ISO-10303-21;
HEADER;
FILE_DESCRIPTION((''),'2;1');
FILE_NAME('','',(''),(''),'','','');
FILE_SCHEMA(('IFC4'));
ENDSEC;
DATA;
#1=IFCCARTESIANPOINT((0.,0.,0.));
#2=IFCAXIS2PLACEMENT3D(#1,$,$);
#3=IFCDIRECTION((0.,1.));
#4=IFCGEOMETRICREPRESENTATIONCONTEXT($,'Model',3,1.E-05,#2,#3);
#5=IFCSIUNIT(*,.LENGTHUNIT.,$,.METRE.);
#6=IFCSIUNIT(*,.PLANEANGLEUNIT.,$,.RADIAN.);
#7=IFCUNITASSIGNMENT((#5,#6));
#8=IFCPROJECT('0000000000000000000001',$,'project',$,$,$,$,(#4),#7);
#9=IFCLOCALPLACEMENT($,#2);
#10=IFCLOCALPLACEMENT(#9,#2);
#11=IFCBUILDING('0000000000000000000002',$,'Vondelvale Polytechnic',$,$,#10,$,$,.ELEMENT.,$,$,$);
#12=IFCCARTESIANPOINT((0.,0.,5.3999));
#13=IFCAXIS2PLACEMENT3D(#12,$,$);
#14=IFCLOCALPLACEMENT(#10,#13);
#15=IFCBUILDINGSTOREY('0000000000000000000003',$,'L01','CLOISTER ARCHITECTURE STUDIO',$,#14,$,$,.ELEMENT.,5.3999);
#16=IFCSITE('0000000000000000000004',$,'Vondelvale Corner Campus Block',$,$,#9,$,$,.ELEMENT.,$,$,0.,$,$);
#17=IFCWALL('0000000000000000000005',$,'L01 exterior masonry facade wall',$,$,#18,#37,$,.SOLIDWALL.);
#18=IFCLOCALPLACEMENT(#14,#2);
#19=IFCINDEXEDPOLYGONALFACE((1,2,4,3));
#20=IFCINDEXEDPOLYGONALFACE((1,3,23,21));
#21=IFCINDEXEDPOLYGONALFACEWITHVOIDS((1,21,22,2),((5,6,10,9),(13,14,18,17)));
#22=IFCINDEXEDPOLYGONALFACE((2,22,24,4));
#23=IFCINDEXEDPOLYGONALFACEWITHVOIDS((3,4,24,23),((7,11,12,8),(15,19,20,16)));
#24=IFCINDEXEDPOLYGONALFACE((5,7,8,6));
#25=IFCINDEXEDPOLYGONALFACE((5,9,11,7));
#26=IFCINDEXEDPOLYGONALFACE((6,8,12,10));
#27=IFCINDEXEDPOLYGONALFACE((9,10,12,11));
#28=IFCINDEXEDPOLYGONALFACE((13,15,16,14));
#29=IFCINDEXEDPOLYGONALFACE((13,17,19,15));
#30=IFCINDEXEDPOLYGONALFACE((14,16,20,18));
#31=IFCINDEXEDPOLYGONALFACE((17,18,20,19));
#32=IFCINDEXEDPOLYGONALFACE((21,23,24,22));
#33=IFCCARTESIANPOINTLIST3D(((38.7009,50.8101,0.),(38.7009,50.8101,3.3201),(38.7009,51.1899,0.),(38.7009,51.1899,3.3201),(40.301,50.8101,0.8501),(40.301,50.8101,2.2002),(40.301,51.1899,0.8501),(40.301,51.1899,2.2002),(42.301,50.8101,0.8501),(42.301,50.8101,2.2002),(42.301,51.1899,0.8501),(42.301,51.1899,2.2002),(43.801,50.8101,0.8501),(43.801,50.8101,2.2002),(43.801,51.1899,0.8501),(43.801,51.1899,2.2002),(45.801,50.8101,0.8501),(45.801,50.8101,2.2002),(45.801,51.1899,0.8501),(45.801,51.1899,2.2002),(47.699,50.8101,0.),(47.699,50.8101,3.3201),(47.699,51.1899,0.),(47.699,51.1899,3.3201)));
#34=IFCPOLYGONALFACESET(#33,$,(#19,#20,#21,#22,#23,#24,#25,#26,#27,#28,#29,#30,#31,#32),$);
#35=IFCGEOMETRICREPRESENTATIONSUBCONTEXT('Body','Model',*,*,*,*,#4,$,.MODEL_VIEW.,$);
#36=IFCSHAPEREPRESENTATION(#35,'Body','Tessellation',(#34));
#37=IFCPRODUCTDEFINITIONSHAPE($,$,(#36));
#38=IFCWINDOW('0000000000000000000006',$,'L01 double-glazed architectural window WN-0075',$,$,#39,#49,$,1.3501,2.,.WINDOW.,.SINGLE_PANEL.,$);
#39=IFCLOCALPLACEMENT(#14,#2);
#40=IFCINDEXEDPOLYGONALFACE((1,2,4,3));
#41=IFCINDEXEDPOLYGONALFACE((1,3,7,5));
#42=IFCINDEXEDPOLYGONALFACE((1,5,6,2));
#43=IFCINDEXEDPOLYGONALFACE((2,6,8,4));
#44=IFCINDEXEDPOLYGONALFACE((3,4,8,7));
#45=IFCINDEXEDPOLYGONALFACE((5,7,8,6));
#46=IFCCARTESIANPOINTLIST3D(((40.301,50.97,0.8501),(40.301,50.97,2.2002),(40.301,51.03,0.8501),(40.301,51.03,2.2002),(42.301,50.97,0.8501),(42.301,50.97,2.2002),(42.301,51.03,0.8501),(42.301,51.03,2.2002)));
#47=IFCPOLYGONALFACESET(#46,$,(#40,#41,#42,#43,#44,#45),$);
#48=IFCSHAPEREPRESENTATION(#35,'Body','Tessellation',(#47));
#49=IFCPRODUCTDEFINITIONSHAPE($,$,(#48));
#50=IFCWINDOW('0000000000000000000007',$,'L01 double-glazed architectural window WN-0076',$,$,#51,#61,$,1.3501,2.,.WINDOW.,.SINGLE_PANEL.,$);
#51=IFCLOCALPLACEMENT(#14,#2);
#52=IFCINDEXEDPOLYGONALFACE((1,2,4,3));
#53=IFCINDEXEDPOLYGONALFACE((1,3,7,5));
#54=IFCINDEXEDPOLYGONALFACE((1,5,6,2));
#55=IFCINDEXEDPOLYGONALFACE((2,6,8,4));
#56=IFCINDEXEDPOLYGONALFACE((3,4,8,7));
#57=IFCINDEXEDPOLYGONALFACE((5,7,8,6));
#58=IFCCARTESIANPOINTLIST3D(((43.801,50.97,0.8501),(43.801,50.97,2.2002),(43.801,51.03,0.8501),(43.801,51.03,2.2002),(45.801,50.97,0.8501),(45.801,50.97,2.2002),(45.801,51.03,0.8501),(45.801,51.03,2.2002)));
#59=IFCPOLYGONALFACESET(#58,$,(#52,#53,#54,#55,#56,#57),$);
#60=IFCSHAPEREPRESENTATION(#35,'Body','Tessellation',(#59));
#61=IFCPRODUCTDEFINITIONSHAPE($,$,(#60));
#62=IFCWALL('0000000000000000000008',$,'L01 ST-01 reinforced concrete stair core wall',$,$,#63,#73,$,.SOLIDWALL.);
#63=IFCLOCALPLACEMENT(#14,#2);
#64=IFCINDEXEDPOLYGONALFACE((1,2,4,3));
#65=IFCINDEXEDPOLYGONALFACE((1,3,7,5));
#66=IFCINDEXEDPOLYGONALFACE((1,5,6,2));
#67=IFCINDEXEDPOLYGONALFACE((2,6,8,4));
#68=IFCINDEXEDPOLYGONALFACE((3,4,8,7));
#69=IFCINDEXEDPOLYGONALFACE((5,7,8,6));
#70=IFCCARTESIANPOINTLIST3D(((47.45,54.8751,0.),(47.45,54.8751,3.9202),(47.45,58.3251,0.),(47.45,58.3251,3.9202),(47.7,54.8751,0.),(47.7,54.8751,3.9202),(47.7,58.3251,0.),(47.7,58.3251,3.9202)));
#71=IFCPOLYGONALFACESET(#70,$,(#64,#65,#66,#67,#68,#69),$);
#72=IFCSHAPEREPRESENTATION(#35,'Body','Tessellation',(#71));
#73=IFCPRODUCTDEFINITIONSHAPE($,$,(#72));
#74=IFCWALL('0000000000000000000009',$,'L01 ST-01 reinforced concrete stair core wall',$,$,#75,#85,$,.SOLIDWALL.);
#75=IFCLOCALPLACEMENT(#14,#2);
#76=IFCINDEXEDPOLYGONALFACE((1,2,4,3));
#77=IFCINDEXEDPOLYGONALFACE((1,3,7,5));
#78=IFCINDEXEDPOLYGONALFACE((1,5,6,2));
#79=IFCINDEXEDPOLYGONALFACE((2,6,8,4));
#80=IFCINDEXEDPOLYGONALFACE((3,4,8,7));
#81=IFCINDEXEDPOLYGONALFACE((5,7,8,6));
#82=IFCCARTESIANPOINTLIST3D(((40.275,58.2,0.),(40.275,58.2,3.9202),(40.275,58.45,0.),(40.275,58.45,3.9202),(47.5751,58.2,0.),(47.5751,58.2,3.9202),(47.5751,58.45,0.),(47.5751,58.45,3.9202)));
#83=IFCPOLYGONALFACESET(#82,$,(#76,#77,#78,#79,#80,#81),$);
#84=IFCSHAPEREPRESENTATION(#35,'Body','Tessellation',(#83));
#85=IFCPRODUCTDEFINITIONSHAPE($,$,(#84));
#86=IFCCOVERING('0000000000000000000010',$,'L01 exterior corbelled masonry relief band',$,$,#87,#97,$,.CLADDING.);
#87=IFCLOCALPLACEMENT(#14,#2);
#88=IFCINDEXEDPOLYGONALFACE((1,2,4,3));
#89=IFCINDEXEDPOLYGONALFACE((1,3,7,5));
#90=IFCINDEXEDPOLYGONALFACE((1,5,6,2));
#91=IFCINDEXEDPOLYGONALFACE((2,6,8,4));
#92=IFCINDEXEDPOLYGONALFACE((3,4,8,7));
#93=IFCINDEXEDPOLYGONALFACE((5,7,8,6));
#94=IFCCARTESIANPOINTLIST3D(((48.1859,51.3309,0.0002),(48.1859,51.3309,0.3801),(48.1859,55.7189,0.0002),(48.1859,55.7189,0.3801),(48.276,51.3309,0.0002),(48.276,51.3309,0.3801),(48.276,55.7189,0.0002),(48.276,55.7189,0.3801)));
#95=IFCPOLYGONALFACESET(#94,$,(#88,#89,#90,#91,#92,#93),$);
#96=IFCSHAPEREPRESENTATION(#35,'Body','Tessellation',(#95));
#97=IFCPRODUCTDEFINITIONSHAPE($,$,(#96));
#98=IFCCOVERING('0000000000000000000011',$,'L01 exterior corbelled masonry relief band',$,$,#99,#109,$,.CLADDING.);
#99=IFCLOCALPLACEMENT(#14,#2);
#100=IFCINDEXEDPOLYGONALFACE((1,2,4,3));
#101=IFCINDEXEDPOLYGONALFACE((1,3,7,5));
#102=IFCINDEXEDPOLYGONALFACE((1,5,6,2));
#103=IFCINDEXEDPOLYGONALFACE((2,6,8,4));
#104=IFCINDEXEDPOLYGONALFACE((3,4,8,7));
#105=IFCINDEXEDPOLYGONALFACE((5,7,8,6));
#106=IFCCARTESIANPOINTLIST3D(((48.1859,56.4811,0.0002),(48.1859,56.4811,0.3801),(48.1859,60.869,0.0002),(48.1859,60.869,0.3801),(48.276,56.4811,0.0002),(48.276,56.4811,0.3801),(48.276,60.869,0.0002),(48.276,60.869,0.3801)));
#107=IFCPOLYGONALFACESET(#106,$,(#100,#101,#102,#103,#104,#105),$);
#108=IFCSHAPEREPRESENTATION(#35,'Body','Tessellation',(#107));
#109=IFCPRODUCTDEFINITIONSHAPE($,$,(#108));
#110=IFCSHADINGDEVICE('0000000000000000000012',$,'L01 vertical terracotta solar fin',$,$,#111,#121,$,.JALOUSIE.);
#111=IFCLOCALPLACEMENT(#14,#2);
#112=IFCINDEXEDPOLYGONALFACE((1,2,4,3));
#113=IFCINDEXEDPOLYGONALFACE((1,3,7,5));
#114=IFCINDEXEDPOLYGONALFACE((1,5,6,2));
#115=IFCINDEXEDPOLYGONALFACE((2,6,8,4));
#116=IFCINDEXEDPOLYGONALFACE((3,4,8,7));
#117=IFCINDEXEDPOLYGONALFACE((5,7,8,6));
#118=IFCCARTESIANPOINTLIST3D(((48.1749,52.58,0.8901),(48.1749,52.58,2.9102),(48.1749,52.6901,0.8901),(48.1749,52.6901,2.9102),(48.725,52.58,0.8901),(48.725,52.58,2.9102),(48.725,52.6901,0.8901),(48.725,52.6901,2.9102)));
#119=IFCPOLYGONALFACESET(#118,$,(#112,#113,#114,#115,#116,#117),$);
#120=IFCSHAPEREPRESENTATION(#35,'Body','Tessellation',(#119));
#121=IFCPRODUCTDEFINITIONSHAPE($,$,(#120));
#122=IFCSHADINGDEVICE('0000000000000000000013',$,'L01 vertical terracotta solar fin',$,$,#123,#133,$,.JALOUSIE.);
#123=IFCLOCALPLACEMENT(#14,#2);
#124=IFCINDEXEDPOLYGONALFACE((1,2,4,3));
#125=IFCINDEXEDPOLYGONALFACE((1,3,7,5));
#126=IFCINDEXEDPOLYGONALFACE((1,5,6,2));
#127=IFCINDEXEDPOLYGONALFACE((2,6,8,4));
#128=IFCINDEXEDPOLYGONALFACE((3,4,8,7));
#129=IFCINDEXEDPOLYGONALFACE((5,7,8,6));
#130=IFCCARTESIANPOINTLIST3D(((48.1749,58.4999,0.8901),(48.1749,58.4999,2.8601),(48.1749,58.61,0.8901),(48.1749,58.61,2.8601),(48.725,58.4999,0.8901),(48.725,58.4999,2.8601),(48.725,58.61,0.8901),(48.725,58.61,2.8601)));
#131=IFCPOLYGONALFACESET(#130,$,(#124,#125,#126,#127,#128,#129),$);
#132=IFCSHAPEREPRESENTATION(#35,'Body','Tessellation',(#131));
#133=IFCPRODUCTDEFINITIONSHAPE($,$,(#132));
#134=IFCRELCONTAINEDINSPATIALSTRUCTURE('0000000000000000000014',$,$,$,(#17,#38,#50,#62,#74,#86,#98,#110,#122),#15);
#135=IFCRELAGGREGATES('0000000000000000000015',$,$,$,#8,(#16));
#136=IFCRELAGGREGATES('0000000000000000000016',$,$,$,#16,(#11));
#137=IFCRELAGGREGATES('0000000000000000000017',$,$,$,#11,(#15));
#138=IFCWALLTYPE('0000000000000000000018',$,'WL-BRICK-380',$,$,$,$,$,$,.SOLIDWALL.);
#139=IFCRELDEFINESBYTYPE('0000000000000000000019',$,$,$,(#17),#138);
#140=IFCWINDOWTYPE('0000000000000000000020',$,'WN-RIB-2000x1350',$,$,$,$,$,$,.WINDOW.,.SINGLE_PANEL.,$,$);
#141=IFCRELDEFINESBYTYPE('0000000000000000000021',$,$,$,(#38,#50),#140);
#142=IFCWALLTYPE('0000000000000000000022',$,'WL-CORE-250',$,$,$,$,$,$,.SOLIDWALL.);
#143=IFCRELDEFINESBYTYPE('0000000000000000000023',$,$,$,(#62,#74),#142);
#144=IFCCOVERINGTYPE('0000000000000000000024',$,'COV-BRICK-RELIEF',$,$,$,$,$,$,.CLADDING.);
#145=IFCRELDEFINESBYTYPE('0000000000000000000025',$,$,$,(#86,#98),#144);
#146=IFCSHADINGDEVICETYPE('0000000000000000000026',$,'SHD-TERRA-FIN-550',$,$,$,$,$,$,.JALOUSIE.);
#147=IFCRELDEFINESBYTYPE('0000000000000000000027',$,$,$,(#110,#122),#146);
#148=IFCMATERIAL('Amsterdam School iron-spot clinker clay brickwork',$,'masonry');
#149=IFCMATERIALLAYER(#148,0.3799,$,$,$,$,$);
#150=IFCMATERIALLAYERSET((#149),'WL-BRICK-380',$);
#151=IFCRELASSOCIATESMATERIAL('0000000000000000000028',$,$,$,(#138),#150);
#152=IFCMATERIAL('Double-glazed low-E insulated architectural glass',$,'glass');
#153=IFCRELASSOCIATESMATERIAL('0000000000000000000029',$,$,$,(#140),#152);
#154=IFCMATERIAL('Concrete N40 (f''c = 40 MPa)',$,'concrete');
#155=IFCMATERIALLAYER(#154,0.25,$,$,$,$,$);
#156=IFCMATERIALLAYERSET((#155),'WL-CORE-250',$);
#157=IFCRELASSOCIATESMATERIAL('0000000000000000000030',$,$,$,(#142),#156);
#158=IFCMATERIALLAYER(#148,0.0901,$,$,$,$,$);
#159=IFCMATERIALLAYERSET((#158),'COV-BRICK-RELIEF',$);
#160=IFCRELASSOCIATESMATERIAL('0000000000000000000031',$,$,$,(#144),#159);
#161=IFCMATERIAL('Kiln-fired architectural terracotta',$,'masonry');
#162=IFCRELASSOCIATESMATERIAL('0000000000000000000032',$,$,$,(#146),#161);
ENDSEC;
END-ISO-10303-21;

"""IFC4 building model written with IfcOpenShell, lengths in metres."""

from ifc_helpers import new_model, si_unit, direction, frame, frame_2d, origin, origin_2d, place, context, subcontext, project, spatial, rectangle, extrude, material, layer, layer_set, type_object, element, fill, save


model = new_model("IFC4")

# Units and contexts
model_context = context("Model", 3, precision=1e-05, world=origin(), true_north=direction((0.0, 1.0)))
body_context = subcontext(model_context, "Body", "Model", "MODEL_VIEW")
ifc_project = project(units=[si_unit("LENGTHUNIT", "METRE"), si_unit("PLANEANGLEUNIT", "RADIAN")], contexts=[model_context])

# Site, building, storey
site_placement = place(None, origin())
site = spatial("IfcSite", under=ifc_project, at=site_placement, Name="Vondelvale Corner Campus Block", CompositionType="ELEMENT", RefElevation=0.0)
building_placement = place(site_placement, origin())
building = spatial("IfcBuilding", under=site, at=building_placement, Name="Vondelvale Polytechnic", CompositionType="ELEMENT")
storey_placement = place(building_placement, frame((0.0, 0.0, 5.3999)))
storey = spatial("IfcBuildingStorey", under=building, at=storey_placement, Name="L01", Description="CLOISTER ARCHITECTURE STUDIO", CompositionType="ELEMENT", Elevation=5.3999)

# Shared definitions
ifc_material_1 = material(Name="Concrete N40 (f'c = 40 MPa)", Category="concrete")

# Shared definitions
ifc_material_2 = material(Name="Double-glazed low-E insulated architectural glass", Category="glass")
ifc_material_3 = material(Name="Kiln-fired architectural terracotta", Category="masonry")

# Shared definitions
ifc_material_4 = material(Name="Amsterdam School iron-spot clinker clay brickwork", Category="masonry")
ifc_layer_1 = layer(ifc_material_4, 0.3799)
ifc_layer_set_1 = layer_set([ifc_layer_1], Name="WL-BRICK-380")
wall_type_1 = type_object("IfcWallType", Name="WL-BRICK-380", PredefinedType="SOLIDWALL", material=ifc_layer_set_1)

# Wall, openings, windows
wall_1_placement = place(storey_placement, frame((47.699, 51.0, 0.0), z_axis=(0.0, 0.0, 1.0), x_axis=(-1.0, 0.0, 0.0)))
wall_1 = element("IfcWall", 1, at=wall_1_placement, inside=storey, type_object=wall_type_1, Name="L01 exterior masonry facade wall", PredefinedType="SOLIDWALL", context=body_context, shape_type="SweptSolid", body=[
    extrude(rectangle(XDim=8.998, YDim=0.3799, at=frame_2d((4.499, 0.0))), origin(), (0.0, 0.0, 1.0), 3.3201),
])
opening_1_placement = place(wall_1_placement, frame((5.3979, 0.0, 0.8501)))
opening_1 = element("IfcOpeningElement", 2, at=opening_1_placement, cuts=wall_1, PredefinedType="OPENING", context=body_context, shape_type="SweptSolid", body=[
    extrude(rectangle(XDim=2.0, YDim=1.3501, at=frame_2d((1.0, 0.675))), frame((0.0, 0.2, 0.0), z_axis=(0.0, -1.0, 0.0), x_axis=(1.0, 0.0, 0.0)), (0.0, 0.0, 1.0), 0.3999),
])
opening_2_placement = place(wall_1_placement, frame((1.8979, 0.0, 0.8501)))
opening_2 = element("IfcOpeningElement", 3, at=opening_2_placement, cuts=wall_1, PredefinedType="OPENING", context=body_context, shape_type="SweptSolid", body=[
    extrude(rectangle(XDim=2.0, YDim=1.3501, at=frame_2d((1.0, 0.675))), frame((0.0, 0.2, 0.0), z_axis=(0.0, -1.0, 0.0), x_axis=(1.0, 0.0, 0.0)), (0.0, 0.0, 1.0), 0.3999),
])
window_type_1 = type_object("IfcWindowType", Name="WN-RIB-2000x1350", PartitioningType="SINGLE_PANEL", PredefinedType="WINDOW", material=ifc_material_2)
window_1_placement = place(opening_1_placement, origin())
window_1 = element("IfcWindow", 4, at=window_1_placement, inside=storey, type_object=window_type_1, Name="L01 double-glazed architectural window WN-0075", OverallHeight=1.3501, OverallWidth=2.0, PartitioningType="SINGLE_PANEL", PredefinedType="WINDOW", context=body_context, shape_type="SweptSolid", body=[
    extrude(rectangle(XDim=2.0, YDim=1.3501, at=frame_2d((1.0, 0.675))), frame((0.0, 0.03, 0.0), z_axis=(0.0, -1.0, 0.0), x_axis=(1.0, 0.0, 0.0)), (0.0, 0.0, 1.0), 0.0601),
])
fill(opening_1, window_1)
window_2_placement = place(opening_2_placement, origin())
window_2 = element("IfcWindow", 5, at=window_2_placement, inside=storey, type_object=window_type_1, Name="L01 double-glazed architectural window WN-0076", OverallHeight=1.3501, OverallWidth=2.0, PartitioningType="SINGLE_PANEL", PredefinedType="WINDOW", context=body_context, shape_type="SweptSolid", body=[
    extrude(rectangle(XDim=2.0, YDim=1.3501, at=frame_2d((1.0, 0.675))), frame((0.0, 0.03, 0.0), z_axis=(0.0, -1.0, 0.0), x_axis=(1.0, 0.0, 0.0)), (0.0, 0.0, 1.0), 0.0601),
])
fill(opening_2, window_2)

# Walls
ifc_layer_2 = layer(ifc_material_1, 0.25)
ifc_layer_set_2 = layer_set([ifc_layer_2], Name="WL-CORE-250")
wall_type_2 = type_object("IfcWallType", Name="WL-CORE-250", PredefinedType="SOLIDWALL", material=ifc_layer_set_2)
wall_2_placement = place(storey_placement, frame((47.575, 54.875, 0.0), z_axis=(0.0, 0.0, 1.0), x_axis=(0.0, 1.0, 0.0)))
element("IfcWall", 6, at=wall_2_placement, inside=storey, type_object=wall_type_2, Name="L01 ST-01 reinforced concrete stair core wall", PredefinedType="SOLIDWALL", context=body_context, shape_type="SweptSolid", body=[
    extrude(rectangle(XDim=3.45, YDim=0.25, at=frame_2d((1.7251, 0.0))), origin(), (0.0, 0.0, 1.0), 3.9202),
])
wall_3_placement = place(storey_placement, frame((47.575, 58.325, 0.0), z_axis=(0.0, 0.0, 1.0), x_axis=(-1.0, 0.0, 0.0)))
element("IfcWall", 7, at=wall_3_placement, inside=storey, type_object=wall_type_2, Name="L01 ST-01 reinforced concrete stair core wall", PredefinedType="SOLIDWALL", context=body_context, shape_type="SweptSolid", body=[
    extrude(rectangle(XDim=7.3, YDim=0.25, at=frame_2d((3.6499, 0.0))), origin(), (0.0, 0.0, 1.0), 3.9202),
])

# Coverings
ifc_layer_3 = layer(ifc_material_4, 0.0901)
ifc_layer_set_3 = layer_set([ifc_layer_3], Name="COV-BRICK-RELIEF")
covering_type = type_object("IfcCoveringType", Name="COV-BRICK-RELIEF", PredefinedType="CLADDING", material=ifc_layer_set_3)
for number, where, z_axis, x_axis, name in (
    (8, (48.231, 53.5249, 0.0002), (0.0, 0.0, 1.0), (0.0, -1.0, 0.0), "L01 exterior corbelled masonry relief band"),
    (9, (48.231, 58.675, 0.0002), (0.0, 0.0, 1.0), (0.0, -1.0, 0.0), "L01 exterior corbelled masonry relief band"),
):
    element("IfcCovering", number, at=place(storey_placement, frame(where, z_axis=z_axis, x_axis=x_axis)), inside=storey, type_object=covering_type, Name=name, PredefinedType="CLADDING", context=body_context, shape_type="SweptSolid", body=[
        extrude(rectangle(XDim=4.3879, YDim=0.0901, at=origin_2d()), origin(), (0.0, 0.0, 1.0), 0.3799),
    ])

# Shading devices
shading_device_type = type_object("IfcShadingDeviceType", Name="SHD-TERRA-FIN-550", PredefinedType="JALOUSIE", material=ifc_material_3)
shading_device_1_placement = place(storey_placement, frame((48.45, 52.635, 0.8901), z_axis=(0.0, 0.0, 1.0), x_axis=(0.0, -1.0, 0.0)))
element("IfcShadingDevice", 10, at=shading_device_1_placement, inside=storey, type_object=shading_device_type, Name="L01 vertical terracotta solar fin", PredefinedType="JALOUSIE", context=body_context, shape_type="SweptSolid", body=[
    extrude(rectangle(XDim=0.1101, YDim=0.55, at=origin_2d()), origin(), (0.0, 0.0, 1.0), 2.02),
])
shading_device_2_placement = place(storey_placement, frame((48.45, 58.5549, 0.8901), z_axis=(0.0, 0.0, 1.0), x_axis=(0.0, -1.0, 0.0)))
element("IfcShadingDevice", 11, at=shading_device_2_placement, inside=storey, type_object=shading_device_type, Name="L01 vertical terracotta solar fin", PredefinedType="JALOUSIE", context=body_context, shape_type="SweptSolid", body=[
    extrude(rectangle(XDim=0.1101, YDim=0.55, at=origin_2d()), origin(), (0.0, 0.0, 1.0), 1.97),
])

save(model, "model.ifc")
